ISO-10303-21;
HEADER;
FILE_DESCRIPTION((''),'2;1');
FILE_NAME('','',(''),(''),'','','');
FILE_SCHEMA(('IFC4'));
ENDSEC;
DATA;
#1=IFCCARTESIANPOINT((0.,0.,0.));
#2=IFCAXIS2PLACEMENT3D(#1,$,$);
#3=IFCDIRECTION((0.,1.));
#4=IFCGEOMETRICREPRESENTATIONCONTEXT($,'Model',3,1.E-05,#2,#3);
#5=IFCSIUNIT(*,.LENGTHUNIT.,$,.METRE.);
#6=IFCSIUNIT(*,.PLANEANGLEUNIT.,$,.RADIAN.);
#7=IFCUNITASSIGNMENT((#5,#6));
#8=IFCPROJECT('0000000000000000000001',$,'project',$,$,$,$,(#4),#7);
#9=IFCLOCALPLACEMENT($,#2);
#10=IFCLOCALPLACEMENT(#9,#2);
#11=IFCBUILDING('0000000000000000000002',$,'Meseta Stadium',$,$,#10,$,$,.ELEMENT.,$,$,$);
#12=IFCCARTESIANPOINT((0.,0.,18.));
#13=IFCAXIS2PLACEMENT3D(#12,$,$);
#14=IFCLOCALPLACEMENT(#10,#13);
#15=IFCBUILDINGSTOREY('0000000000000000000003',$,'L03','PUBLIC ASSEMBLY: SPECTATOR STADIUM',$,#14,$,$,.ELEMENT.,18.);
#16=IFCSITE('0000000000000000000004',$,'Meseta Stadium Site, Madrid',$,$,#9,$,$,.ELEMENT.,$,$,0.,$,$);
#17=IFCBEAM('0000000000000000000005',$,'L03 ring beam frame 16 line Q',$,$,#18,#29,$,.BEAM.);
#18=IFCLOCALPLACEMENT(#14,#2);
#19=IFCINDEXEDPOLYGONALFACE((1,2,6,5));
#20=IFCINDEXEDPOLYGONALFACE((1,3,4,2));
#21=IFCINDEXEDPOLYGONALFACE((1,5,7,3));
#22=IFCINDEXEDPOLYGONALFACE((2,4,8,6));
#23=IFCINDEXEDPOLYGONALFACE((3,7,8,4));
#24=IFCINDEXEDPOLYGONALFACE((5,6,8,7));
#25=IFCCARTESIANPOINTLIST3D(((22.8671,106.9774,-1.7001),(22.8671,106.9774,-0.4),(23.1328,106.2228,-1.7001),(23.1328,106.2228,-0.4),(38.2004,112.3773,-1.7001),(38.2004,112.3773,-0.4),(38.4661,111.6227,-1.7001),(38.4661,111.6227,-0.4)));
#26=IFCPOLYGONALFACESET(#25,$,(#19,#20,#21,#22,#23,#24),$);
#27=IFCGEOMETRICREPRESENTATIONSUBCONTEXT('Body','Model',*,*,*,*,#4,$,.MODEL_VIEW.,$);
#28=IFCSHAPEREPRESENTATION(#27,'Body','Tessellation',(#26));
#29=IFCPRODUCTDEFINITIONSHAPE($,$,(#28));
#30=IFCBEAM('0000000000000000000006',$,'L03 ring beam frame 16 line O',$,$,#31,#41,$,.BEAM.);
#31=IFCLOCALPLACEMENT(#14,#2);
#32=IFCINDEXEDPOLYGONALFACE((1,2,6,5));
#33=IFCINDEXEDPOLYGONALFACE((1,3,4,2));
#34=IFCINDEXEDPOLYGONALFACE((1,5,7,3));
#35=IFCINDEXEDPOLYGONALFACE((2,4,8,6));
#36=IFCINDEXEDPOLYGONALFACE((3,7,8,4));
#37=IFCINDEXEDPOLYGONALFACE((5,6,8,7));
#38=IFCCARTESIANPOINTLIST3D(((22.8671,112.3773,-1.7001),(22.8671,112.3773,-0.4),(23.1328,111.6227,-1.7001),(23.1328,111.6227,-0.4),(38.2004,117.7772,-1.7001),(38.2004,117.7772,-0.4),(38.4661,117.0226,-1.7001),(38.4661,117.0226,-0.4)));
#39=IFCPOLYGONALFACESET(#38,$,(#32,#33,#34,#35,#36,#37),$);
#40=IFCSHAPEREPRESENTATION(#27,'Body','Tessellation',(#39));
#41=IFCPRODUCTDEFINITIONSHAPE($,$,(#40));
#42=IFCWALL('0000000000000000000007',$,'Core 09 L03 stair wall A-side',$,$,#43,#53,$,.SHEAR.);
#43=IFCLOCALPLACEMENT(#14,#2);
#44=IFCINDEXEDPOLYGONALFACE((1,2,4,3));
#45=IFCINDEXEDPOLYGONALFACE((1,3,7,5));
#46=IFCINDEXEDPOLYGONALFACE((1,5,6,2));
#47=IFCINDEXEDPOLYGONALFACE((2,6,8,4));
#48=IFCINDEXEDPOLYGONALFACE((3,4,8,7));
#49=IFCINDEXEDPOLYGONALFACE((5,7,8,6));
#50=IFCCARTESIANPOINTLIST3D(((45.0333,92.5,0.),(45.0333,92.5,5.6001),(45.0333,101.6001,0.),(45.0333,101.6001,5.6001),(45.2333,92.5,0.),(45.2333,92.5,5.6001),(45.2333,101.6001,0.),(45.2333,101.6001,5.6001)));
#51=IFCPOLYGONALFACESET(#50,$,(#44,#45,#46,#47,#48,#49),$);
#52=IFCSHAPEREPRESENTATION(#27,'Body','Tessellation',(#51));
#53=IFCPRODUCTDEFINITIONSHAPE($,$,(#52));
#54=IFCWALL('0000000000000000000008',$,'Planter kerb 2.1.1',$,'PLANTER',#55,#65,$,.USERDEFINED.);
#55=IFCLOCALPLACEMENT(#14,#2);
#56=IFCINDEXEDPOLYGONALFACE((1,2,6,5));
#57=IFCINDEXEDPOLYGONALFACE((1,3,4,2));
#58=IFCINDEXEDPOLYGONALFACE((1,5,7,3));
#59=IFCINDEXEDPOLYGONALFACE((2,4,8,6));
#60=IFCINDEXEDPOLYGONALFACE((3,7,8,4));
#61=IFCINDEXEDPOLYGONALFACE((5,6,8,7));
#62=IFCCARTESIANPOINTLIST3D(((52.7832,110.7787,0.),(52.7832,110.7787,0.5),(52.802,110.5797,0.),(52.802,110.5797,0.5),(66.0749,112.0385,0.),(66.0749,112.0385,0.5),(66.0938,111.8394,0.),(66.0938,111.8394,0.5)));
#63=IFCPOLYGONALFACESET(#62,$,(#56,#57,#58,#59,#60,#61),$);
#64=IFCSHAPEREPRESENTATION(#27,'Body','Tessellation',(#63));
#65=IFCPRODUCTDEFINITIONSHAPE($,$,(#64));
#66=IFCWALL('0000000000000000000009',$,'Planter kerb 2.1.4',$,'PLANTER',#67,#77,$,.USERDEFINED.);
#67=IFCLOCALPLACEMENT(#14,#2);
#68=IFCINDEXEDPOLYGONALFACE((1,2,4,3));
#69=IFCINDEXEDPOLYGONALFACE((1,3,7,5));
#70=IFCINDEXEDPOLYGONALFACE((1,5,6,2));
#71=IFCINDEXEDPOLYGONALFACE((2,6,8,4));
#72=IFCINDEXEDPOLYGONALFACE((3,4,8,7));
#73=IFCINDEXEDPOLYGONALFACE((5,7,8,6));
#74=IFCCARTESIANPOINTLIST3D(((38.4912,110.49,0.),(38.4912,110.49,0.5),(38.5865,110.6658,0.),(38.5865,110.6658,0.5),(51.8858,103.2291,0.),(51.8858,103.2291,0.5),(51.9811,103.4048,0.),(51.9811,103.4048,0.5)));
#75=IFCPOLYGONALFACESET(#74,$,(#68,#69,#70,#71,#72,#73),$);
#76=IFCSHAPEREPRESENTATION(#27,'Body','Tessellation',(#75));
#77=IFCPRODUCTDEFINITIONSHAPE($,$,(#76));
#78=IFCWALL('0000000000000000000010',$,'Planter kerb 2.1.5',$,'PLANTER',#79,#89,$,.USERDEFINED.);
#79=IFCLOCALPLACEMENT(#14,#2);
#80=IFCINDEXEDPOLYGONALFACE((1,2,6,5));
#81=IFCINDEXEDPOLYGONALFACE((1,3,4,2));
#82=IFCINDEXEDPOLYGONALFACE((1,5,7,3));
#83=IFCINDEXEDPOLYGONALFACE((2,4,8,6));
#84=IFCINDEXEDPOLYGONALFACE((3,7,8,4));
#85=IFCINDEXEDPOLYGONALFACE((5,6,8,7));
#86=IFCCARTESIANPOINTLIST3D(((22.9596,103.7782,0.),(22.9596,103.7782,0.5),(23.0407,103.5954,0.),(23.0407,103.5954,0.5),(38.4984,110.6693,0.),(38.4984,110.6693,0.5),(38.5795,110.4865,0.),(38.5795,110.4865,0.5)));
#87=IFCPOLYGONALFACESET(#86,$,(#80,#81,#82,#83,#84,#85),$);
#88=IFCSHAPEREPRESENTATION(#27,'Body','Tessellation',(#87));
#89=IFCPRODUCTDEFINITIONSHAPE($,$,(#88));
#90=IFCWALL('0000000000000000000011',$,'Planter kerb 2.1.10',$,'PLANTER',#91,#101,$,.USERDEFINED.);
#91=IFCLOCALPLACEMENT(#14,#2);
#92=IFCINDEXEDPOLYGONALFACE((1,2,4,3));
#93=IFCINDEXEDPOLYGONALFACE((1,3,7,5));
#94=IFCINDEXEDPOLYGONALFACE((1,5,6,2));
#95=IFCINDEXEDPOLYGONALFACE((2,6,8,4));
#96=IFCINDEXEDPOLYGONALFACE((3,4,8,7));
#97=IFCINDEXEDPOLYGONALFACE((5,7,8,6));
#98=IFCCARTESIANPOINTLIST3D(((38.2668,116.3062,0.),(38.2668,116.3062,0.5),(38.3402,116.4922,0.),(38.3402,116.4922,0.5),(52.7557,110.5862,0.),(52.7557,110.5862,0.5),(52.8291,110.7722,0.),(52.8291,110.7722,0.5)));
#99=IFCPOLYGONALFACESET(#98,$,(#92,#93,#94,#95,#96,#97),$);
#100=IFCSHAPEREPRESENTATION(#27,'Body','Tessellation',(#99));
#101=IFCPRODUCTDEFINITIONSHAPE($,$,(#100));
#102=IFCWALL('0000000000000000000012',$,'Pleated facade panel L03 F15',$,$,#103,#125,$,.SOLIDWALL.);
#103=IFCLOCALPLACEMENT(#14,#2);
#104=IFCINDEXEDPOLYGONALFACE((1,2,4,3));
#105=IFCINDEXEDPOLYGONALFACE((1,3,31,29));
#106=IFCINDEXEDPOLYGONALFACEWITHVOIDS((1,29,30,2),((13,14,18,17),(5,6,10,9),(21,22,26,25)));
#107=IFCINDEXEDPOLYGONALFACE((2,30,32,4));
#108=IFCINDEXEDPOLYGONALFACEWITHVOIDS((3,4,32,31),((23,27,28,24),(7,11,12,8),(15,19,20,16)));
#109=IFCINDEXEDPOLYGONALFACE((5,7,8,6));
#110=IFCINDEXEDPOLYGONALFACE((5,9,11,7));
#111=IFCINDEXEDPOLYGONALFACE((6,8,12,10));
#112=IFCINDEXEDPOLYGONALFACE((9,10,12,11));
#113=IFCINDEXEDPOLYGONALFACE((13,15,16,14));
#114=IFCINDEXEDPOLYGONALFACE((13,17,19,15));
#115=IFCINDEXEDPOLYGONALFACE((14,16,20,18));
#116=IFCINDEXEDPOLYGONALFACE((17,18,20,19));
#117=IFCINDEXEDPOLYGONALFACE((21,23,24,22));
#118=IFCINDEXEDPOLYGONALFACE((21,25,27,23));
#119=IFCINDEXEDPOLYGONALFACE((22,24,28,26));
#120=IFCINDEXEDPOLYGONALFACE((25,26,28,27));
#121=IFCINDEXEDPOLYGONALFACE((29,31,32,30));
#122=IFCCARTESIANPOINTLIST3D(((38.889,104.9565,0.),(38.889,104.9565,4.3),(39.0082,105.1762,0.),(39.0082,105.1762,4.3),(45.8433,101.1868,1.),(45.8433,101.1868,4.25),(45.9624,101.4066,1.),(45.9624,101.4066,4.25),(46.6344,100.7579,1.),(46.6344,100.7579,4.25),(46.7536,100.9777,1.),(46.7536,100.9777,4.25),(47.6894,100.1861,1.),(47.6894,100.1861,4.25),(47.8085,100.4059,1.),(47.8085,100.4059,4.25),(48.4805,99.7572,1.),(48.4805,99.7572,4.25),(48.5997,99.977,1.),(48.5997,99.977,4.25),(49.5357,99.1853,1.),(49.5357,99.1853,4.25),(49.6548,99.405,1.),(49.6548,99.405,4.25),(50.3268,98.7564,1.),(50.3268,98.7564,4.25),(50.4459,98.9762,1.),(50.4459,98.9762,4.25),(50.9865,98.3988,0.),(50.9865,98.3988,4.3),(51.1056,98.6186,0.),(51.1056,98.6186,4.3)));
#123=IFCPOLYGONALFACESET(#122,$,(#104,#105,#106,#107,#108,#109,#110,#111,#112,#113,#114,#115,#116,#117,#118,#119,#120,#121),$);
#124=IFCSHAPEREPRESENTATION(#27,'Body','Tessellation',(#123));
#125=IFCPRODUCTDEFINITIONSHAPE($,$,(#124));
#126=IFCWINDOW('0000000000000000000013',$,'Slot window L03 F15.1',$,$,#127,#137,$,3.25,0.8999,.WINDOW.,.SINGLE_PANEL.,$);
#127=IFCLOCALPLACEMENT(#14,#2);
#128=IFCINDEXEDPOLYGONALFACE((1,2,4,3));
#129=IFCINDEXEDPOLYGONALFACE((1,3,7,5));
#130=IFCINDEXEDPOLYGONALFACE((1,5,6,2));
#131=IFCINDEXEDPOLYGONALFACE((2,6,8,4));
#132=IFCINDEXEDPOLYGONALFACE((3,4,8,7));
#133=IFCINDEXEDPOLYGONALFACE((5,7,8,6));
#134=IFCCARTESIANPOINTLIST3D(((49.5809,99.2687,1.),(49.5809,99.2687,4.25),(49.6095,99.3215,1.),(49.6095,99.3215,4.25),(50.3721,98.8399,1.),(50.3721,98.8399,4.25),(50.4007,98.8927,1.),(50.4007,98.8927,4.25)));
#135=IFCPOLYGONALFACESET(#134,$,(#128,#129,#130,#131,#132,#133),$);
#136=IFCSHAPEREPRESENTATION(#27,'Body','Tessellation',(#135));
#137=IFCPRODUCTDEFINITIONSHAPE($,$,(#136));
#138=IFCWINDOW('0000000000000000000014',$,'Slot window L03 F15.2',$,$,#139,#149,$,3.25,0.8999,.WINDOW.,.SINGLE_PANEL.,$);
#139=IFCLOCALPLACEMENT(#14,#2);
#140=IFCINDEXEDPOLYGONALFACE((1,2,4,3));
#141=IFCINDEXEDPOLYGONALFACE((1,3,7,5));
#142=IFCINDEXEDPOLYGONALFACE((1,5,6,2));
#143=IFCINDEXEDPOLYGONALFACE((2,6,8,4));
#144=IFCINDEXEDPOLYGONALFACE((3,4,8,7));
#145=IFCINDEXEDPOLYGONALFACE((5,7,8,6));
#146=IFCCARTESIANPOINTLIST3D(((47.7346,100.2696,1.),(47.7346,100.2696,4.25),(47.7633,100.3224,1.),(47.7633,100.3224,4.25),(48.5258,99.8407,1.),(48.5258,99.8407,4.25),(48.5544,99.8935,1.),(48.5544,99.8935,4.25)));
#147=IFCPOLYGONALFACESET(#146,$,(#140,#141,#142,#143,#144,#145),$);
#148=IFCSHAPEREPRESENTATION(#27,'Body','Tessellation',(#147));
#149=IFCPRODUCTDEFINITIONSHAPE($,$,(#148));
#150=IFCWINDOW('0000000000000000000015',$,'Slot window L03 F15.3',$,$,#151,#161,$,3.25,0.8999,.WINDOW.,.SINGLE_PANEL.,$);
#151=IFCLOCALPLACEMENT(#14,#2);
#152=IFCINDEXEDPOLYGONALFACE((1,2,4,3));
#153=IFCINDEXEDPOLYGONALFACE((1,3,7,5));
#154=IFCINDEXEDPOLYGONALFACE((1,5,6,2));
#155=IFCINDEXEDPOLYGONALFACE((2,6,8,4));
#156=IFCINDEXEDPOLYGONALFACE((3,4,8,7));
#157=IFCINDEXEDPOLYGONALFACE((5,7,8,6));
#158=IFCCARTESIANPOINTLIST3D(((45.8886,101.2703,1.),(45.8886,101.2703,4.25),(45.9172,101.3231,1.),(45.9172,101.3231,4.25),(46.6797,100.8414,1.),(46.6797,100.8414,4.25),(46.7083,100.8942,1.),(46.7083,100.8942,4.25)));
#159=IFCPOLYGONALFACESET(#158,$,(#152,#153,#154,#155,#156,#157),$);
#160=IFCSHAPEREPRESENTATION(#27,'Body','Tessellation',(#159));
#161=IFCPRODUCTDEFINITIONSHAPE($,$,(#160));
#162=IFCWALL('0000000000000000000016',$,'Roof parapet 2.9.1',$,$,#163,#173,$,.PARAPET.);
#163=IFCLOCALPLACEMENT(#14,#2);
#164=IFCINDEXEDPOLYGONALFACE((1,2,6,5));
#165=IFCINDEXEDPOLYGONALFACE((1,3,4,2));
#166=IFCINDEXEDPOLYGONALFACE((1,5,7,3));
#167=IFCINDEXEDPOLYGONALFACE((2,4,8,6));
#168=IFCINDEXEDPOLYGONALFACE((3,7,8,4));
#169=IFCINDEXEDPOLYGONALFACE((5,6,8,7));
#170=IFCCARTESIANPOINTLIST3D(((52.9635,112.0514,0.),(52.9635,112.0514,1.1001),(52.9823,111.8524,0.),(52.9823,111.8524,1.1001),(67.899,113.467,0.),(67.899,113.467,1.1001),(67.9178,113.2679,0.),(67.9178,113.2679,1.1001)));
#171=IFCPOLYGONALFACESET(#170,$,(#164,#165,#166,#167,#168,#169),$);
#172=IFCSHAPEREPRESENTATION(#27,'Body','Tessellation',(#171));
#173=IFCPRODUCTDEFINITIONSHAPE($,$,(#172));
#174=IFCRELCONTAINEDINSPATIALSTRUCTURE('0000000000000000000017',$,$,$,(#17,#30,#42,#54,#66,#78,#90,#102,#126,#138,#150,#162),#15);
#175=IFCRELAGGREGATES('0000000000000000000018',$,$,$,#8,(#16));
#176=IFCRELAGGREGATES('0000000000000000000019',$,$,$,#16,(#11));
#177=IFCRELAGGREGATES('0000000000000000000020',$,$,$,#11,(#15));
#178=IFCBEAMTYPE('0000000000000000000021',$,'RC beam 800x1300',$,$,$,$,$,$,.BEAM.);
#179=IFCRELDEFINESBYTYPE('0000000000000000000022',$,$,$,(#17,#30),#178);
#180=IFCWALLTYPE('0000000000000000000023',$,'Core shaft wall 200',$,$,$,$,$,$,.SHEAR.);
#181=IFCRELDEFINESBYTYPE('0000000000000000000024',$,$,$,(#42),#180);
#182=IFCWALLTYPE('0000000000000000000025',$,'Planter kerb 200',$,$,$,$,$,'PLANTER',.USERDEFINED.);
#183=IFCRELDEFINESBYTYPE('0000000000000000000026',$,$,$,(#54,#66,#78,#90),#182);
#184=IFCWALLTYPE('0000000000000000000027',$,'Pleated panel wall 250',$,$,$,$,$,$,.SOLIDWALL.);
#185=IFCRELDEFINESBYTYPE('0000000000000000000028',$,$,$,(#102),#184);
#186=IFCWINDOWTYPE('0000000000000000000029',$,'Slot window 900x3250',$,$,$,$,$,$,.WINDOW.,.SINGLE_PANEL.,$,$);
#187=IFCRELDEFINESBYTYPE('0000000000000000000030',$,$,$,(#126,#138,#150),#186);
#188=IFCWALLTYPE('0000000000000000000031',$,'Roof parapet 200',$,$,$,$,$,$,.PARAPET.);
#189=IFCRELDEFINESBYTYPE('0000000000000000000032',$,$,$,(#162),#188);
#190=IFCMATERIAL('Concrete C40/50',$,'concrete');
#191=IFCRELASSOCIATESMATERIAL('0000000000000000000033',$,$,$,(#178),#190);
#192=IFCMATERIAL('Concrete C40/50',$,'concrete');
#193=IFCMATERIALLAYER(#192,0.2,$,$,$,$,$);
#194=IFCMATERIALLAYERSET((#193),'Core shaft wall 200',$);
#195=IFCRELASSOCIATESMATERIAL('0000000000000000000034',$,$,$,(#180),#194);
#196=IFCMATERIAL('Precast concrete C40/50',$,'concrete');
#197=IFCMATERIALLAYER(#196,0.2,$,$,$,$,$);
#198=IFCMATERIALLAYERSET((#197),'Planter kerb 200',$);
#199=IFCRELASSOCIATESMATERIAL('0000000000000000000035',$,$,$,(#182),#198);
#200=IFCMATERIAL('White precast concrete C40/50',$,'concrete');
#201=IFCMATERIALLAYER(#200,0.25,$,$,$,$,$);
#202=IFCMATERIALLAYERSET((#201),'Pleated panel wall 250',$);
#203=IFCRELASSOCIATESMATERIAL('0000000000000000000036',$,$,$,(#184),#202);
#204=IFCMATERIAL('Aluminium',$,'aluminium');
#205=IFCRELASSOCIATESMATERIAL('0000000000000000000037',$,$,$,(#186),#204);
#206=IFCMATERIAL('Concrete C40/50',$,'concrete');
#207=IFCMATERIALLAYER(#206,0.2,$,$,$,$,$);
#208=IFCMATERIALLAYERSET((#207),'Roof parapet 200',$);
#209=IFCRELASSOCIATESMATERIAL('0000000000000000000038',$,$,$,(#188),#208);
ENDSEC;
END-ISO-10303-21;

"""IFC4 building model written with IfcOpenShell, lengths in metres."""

from ifc_helpers import new_model, si_unit, direction, frame, frame_2d, origin, origin_2d, place, context, subcontext, project, spatial, rectangle, extrude, material, layer, layer_set, material_profile, profile_set, type_object, element, fill, save


model = new_model("IFC4")

# Units and contexts
model_context = context("Model", 3, precision=1e-05, world=origin(), true_north=direction((0.0, 1.0)))
body_context = subcontext(model_context, "Body", "Model", "MODEL_VIEW")
ifc_project = project(units=[si_unit("LENGTHUNIT", "METRE"), si_unit("PLANEANGLEUNIT", "RADIAN")], contexts=[model_context])

# Site, building, storey
site_placement = place(None, origin())
site = spatial("IfcSite", under=ifc_project, at=site_placement, Name="Meseta Stadium Site, Madrid", CompositionType="ELEMENT", RefElevation=0.0)
building_placement = place(site_placement, origin())
building = spatial("IfcBuilding", under=site, at=building_placement, Name="Meseta Stadium", CompositionType="ELEMENT")
storey_placement = place(building_placement, frame((0.0, 0.0, 18.0)))
storey = spatial("IfcBuildingStorey", under=building, at=storey_placement, Name="L03", Description="PUBLIC ASSEMBLY: SPECTATOR STADIUM", CompositionType="ELEMENT", Elevation=18.0)

# Beams
ifc_material_1 = material(Name="Concrete C40/50", Category="concrete")
ifc_material_profile_1 = material_profile(ifc_material_1, rectangle(XDim=0.8, YDim=1.3, at=origin_2d()), Name="RC 800x1300")
ifc_profile_set_1 = profile_set([ifc_material_profile_1], Name="Concrete C40/50")
beam_type_1 = type_object("IfcBeamType", Name="RC beam 800x1300", PredefinedType="BEAM", material=ifc_profile_set_1)
for number, where, z_axis, x_axis, name in (
    (1, (38.3333, 112.0, -1.05), (-0.943219, -0.332173, 0.0), (0.332173, -0.943219, 0.0), "L03 ring beam frame 16 line Q"),
    (2, (38.3333, 117.3999, -1.05), (-0.943219, -0.332173, 0.0), (0.332173, -0.943219, 0.0), "L03 ring beam frame 16 line O"),
):
    element("IfcBeam", number, at=place(storey_placement, frame(where, z_axis=z_axis, x_axis=x_axis)), inside=storey, type_object=beam_type_1, Name=name, PredefinedType="BEAM", context=body_context, shape_type="SweptSolid", body=[
        extrude(rectangle(XDim=0.8, YDim=1.3, at=origin_2d()), origin(), (0.0, 0.0, 1.0), 16.2563),
    ])

# Walls
ifc_material_2 = material(Name="Concrete C40/50", Category="concrete")
ifc_layer_1 = layer(ifc_material_2, 0.2)
ifc_layer_set_1 = layer_set([ifc_layer_1], Name="Core shaft wall 200")
wall_type_1 = type_object("IfcWallType", Name="Core shaft wall 200", PredefinedType="SHEAR", material=ifc_layer_set_1)
wall_1_placement = place(storey_placement, frame((45.1333, 101.6001, 0.0), z_axis=(0.0, 0.0, 1.0), x_axis=(0.0, -1.0, 0.0)))
element("IfcWall", 3, at=wall_1_placement, inside=storey, type_object=wall_type_1, Name="Core 09 L03 stair wall A-side", PredefinedType="SHEAR", context=body_context, shape_type="SweptSolid", body=[
    extrude(rectangle(XDim=9.1001, YDim=0.2, at=frame_2d((4.55, 0.0))), origin(), (0.0, 0.0, 1.0), 5.6001),
])
ifc_material_3 = material(Name="Precast concrete C40/50", Category="concrete")
ifc_layer_2 = layer(ifc_material_3, 0.2)
ifc_layer_set_2 = layer_set([ifc_layer_2], Name="Planter kerb 200")
wall_type_2 = type_object("IfcWallType", Name="Planter kerb 200", ElementType="PLANTER", PredefinedType="USERDEFINED", material=ifc_layer_set_2)
wall_2_placement = place(storey_placement, frame((52.7925, 110.6792, 0.0), z_axis=(0.0, 0.0, 1.0), x_axis=(0.995539, 0.094355, 0.0)))
element("IfcWall", 4, at=wall_2_placement, inside=storey, type_object=wall_type_2, Name="Planter kerb 2.1.1", ObjectType="PLANTER", PredefinedType="USERDEFINED", context=body_context, shape_type="SweptSolid", body=[
    extrude(rectangle(XDim=13.3513, YDim=0.2, at=frame_2d((6.6758, 0.0))), origin(), (0.0, 0.0, 1.0), 0.5),
])
wall_3_placement = place(storey_placement, frame((51.9336, 103.3169, 0.0), z_axis=(0.0, 0.0, 1.0), x_axis=(-0.879141, 0.476561, 0.0)))
element("IfcWall", 5, at=wall_3_placement, inside=storey, type_object=wall_type_2, Name="Planter kerb 2.1.4", ObjectType="PLANTER", PredefinedType="USERDEFINED", context=body_context, shape_type="SweptSolid", body=[
    extrude(rectangle(XDim=15.2361, YDim=0.2, at=frame_2d((7.6182, 0.0))), origin(), (0.0, 0.0, 1.0), 0.5),
])
wall_4_placement = place(storey_placement, frame((38.5388, 110.5779, 0.0), z_axis=(0.0, 0.0, 1.0), x_axis=(-0.914139, -0.4054, 0.0)))
element("IfcWall", 6, at=wall_4_placement, inside=storey, type_object=wall_type_2, Name="Planter kerb 2.1.5", ObjectType="PLANTER", PredefinedType="USERDEFINED", context=body_context, shape_type="SweptSolid", body=[
    extrude(rectangle(XDim=16.9983, YDim=0.2, at=frame_2d((8.499, 0.0))), origin(), (0.0, 0.0, 1.0), 0.5),
])
wall_5_placement = place(storey_placement, frame((38.3035, 116.3992, 0.0), z_axis=(0.0, 0.0, 1.0), x_axis=(0.930142, -0.367201, 0.0)))
element("IfcWall", 7, at=wall_5_placement, inside=storey, type_object=wall_type_2, Name="Planter kerb 2.1.10", ObjectType="PLANTER", PredefinedType="USERDEFINED", context=body_context, shape_type="SweptSolid", body=[
    extrude(rectangle(XDim=15.5771, YDim=0.2, at=frame_2d((7.7886, 0.0))), origin(), (0.0, 0.0, 1.0), 0.5),
])

# Wall, openings, windows
ifc_material_4 = material(Name="White precast concrete C40/50", Category="concrete")
ifc_layer_3 = layer(ifc_material_4, 0.25)
ifc_layer_set_3 = layer_set([ifc_layer_3], Name="Pleated panel wall 250")
wall_type_3 = type_object("IfcWallType", Name="Pleated panel wall 250", PredefinedType="SOLIDWALL", material=ifc_layer_set_3)
wall_6_placement = place(storey_placement, frame((38.9485, 105.0664, 0.0), z_axis=(0.0, 0.0, 1.0), x_axis=(0.879144, -0.476556, 0.0)))
wall_6 = element("IfcWall", 8, at=wall_6_placement, inside=storey, type_object=wall_type_3, Name="Pleated facade panel L03 F15", PredefinedType="SOLIDWALL", context=body_context, shape_type="SweptSolid", body=[
    extrude(rectangle(XDim=13.7605, YDim=0.25, at=frame_2d((6.8804, 0.0))), origin(), (0.0, 0.0, 1.0), 4.3),
])
opening_1_placement = place(wall_6_placement, frame((12.1104, 0.0, 1.0)))
opening_1 = element("IfcOpeningElement", 9, at=opening_1_placement, cuts=wall_6, PredefinedType="OPENING", context=body_context, shape_type="SweptSolid", body=[
    extrude(rectangle(XDim=0.8999, YDim=3.25, at=frame_2d((0.45, 1.625))), frame((0.0, 0.135, 0.0), z_axis=(0.0, -1.0, 0.0), x_axis=(1.0, 0.0, 0.0)), (0.0, 0.0, 1.0), 0.27),
])
opening_2_placement = place(wall_6_placement, frame((10.0103, 0.0, 1.0)))
opening_2 = element("IfcOpeningElement", 10, at=opening_2_placement, cuts=wall_6, PredefinedType="OPENING", context=body_context, shape_type="SweptSolid", body=[
    extrude(rectangle(XDim=0.8999, YDim=3.25, at=frame_2d((0.45, 1.625))), frame((0.0, 0.135, 0.0), z_axis=(0.0, -1.0, 0.0), x_axis=(1.0, 0.0, 0.0)), (0.0, 0.0, 1.0), 0.27),
])
opening_3_placement = place(wall_6_placement, frame((7.9104, 0.0, 1.0)))
opening_3 = element("IfcOpeningElement", 11, at=opening_3_placement, cuts=wall_6, PredefinedType="OPENING", context=body_context, shape_type="SweptSolid", body=[
    extrude(rectangle(XDim=0.8999, YDim=3.25, at=frame_2d((0.45, 1.625))), frame((0.0, 0.135, 0.0), z_axis=(0.0, -1.0, 0.0), x_axis=(1.0, 0.0, 0.0)), (0.0, 0.0, 1.0), 0.27),
])
ifc_material_5 = material(Name="Aluminium", Category="aluminium")
window_type = type_object("IfcWindowType", Name="Slot window 900x3250", PartitioningType="SINGLE_PANEL", PredefinedType="WINDOW", material=ifc_material_5)
window_1_placement = place(opening_1_placement, origin())
window_1 = element("IfcWindow", 12, at=window_1_placement, inside=storey, type_object=window_type, Name="Slot window L03 F15.1", OverallHeight=3.25, OverallWidth=0.8999, PartitioningType="SINGLE_PANEL", PredefinedType="WINDOW", context=body_context, shape_type="SweptSolid", body=[
    extrude(rectangle(XDim=0.8999, YDim=3.25, at=frame_2d((0.45, 1.625))), frame((0.0, 0.03, 0.0), z_axis=(0.0, -1.0, 0.0), x_axis=(1.0, 0.0, 0.0)), (0.0, 0.0, 1.0), 0.0601),
])
fill(opening_1, window_1)
window_2_placement = place(opening_2_placement, origin())
window_2 = element("IfcWindow", 13, at=window_2_placement, inside=storey, type_object=window_type, Name="Slot window L03 F15.2", OverallHeight=3.25, OverallWidth=0.8999, PartitioningType="SINGLE_PANEL", PredefinedType="WINDOW", context=body_context, shape_type="SweptSolid", body=[
    extrude(rectangle(XDim=0.8999, YDim=3.25, at=frame_2d((0.45, 1.625))), frame((0.0, 0.03, 0.0), z_axis=(0.0, -1.0, 0.0), x_axis=(1.0, 0.0, 0.0)), (0.0, 0.0, 1.0), 0.0601),
])
fill(opening_2, window_2)
window_3_placement = place(opening_3_placement, origin())
window_3 = element("IfcWindow", 14, at=window_3_placement, inside=storey, type_object=window_type, Name="Slot window L03 F15.3", OverallHeight=3.25, OverallWidth=0.8999, PartitioningType="SINGLE_PANEL", PredefinedType="WINDOW", context=body_context, shape_type="SweptSolid", body=[
    extrude(rectangle(XDim=0.8999, YDim=3.25, at=frame_2d((0.45, 1.625))), frame((0.0, 0.03, 0.0), z_axis=(0.0, -1.0, 0.0), x_axis=(1.0, 0.0, 0.0)), (0.0, 0.0, 1.0), 0.0601),
])
fill(opening_3, window_3)

# Wall
ifc_material_6 = material(Name="Concrete C40/50", Category="concrete")
ifc_layer_4 = layer(ifc_material_6, 0.2)
ifc_layer_set_4 = layer_set([ifc_layer_4], Name="Roof parapet 200")
wall_type_4 = type_object("IfcWallType", Name="Roof parapet 200", PredefinedType="PARAPET", material=ifc_layer_set_4)
wall_7_placement = place(storey_placement, frame((52.9729, 111.9519, 0.0), z_axis=(0.0, 0.0, 1.0), x_axis=(0.995539, 0.094353, 0.0)))
element("IfcWall", 15, at=wall_7_placement, inside=storey, type_object=wall_type_4, Name="Roof parapet 2.9.1", PredefinedType="PARAPET", context=body_context, shape_type="SweptSolid", body=[
    extrude(rectangle(XDim=15.0024, YDim=0.2, at=frame_2d((7.5012, 0.0))), origin(), (0.0, 0.0, 1.0), 1.1001),
])

save(model, "model.ifc")
